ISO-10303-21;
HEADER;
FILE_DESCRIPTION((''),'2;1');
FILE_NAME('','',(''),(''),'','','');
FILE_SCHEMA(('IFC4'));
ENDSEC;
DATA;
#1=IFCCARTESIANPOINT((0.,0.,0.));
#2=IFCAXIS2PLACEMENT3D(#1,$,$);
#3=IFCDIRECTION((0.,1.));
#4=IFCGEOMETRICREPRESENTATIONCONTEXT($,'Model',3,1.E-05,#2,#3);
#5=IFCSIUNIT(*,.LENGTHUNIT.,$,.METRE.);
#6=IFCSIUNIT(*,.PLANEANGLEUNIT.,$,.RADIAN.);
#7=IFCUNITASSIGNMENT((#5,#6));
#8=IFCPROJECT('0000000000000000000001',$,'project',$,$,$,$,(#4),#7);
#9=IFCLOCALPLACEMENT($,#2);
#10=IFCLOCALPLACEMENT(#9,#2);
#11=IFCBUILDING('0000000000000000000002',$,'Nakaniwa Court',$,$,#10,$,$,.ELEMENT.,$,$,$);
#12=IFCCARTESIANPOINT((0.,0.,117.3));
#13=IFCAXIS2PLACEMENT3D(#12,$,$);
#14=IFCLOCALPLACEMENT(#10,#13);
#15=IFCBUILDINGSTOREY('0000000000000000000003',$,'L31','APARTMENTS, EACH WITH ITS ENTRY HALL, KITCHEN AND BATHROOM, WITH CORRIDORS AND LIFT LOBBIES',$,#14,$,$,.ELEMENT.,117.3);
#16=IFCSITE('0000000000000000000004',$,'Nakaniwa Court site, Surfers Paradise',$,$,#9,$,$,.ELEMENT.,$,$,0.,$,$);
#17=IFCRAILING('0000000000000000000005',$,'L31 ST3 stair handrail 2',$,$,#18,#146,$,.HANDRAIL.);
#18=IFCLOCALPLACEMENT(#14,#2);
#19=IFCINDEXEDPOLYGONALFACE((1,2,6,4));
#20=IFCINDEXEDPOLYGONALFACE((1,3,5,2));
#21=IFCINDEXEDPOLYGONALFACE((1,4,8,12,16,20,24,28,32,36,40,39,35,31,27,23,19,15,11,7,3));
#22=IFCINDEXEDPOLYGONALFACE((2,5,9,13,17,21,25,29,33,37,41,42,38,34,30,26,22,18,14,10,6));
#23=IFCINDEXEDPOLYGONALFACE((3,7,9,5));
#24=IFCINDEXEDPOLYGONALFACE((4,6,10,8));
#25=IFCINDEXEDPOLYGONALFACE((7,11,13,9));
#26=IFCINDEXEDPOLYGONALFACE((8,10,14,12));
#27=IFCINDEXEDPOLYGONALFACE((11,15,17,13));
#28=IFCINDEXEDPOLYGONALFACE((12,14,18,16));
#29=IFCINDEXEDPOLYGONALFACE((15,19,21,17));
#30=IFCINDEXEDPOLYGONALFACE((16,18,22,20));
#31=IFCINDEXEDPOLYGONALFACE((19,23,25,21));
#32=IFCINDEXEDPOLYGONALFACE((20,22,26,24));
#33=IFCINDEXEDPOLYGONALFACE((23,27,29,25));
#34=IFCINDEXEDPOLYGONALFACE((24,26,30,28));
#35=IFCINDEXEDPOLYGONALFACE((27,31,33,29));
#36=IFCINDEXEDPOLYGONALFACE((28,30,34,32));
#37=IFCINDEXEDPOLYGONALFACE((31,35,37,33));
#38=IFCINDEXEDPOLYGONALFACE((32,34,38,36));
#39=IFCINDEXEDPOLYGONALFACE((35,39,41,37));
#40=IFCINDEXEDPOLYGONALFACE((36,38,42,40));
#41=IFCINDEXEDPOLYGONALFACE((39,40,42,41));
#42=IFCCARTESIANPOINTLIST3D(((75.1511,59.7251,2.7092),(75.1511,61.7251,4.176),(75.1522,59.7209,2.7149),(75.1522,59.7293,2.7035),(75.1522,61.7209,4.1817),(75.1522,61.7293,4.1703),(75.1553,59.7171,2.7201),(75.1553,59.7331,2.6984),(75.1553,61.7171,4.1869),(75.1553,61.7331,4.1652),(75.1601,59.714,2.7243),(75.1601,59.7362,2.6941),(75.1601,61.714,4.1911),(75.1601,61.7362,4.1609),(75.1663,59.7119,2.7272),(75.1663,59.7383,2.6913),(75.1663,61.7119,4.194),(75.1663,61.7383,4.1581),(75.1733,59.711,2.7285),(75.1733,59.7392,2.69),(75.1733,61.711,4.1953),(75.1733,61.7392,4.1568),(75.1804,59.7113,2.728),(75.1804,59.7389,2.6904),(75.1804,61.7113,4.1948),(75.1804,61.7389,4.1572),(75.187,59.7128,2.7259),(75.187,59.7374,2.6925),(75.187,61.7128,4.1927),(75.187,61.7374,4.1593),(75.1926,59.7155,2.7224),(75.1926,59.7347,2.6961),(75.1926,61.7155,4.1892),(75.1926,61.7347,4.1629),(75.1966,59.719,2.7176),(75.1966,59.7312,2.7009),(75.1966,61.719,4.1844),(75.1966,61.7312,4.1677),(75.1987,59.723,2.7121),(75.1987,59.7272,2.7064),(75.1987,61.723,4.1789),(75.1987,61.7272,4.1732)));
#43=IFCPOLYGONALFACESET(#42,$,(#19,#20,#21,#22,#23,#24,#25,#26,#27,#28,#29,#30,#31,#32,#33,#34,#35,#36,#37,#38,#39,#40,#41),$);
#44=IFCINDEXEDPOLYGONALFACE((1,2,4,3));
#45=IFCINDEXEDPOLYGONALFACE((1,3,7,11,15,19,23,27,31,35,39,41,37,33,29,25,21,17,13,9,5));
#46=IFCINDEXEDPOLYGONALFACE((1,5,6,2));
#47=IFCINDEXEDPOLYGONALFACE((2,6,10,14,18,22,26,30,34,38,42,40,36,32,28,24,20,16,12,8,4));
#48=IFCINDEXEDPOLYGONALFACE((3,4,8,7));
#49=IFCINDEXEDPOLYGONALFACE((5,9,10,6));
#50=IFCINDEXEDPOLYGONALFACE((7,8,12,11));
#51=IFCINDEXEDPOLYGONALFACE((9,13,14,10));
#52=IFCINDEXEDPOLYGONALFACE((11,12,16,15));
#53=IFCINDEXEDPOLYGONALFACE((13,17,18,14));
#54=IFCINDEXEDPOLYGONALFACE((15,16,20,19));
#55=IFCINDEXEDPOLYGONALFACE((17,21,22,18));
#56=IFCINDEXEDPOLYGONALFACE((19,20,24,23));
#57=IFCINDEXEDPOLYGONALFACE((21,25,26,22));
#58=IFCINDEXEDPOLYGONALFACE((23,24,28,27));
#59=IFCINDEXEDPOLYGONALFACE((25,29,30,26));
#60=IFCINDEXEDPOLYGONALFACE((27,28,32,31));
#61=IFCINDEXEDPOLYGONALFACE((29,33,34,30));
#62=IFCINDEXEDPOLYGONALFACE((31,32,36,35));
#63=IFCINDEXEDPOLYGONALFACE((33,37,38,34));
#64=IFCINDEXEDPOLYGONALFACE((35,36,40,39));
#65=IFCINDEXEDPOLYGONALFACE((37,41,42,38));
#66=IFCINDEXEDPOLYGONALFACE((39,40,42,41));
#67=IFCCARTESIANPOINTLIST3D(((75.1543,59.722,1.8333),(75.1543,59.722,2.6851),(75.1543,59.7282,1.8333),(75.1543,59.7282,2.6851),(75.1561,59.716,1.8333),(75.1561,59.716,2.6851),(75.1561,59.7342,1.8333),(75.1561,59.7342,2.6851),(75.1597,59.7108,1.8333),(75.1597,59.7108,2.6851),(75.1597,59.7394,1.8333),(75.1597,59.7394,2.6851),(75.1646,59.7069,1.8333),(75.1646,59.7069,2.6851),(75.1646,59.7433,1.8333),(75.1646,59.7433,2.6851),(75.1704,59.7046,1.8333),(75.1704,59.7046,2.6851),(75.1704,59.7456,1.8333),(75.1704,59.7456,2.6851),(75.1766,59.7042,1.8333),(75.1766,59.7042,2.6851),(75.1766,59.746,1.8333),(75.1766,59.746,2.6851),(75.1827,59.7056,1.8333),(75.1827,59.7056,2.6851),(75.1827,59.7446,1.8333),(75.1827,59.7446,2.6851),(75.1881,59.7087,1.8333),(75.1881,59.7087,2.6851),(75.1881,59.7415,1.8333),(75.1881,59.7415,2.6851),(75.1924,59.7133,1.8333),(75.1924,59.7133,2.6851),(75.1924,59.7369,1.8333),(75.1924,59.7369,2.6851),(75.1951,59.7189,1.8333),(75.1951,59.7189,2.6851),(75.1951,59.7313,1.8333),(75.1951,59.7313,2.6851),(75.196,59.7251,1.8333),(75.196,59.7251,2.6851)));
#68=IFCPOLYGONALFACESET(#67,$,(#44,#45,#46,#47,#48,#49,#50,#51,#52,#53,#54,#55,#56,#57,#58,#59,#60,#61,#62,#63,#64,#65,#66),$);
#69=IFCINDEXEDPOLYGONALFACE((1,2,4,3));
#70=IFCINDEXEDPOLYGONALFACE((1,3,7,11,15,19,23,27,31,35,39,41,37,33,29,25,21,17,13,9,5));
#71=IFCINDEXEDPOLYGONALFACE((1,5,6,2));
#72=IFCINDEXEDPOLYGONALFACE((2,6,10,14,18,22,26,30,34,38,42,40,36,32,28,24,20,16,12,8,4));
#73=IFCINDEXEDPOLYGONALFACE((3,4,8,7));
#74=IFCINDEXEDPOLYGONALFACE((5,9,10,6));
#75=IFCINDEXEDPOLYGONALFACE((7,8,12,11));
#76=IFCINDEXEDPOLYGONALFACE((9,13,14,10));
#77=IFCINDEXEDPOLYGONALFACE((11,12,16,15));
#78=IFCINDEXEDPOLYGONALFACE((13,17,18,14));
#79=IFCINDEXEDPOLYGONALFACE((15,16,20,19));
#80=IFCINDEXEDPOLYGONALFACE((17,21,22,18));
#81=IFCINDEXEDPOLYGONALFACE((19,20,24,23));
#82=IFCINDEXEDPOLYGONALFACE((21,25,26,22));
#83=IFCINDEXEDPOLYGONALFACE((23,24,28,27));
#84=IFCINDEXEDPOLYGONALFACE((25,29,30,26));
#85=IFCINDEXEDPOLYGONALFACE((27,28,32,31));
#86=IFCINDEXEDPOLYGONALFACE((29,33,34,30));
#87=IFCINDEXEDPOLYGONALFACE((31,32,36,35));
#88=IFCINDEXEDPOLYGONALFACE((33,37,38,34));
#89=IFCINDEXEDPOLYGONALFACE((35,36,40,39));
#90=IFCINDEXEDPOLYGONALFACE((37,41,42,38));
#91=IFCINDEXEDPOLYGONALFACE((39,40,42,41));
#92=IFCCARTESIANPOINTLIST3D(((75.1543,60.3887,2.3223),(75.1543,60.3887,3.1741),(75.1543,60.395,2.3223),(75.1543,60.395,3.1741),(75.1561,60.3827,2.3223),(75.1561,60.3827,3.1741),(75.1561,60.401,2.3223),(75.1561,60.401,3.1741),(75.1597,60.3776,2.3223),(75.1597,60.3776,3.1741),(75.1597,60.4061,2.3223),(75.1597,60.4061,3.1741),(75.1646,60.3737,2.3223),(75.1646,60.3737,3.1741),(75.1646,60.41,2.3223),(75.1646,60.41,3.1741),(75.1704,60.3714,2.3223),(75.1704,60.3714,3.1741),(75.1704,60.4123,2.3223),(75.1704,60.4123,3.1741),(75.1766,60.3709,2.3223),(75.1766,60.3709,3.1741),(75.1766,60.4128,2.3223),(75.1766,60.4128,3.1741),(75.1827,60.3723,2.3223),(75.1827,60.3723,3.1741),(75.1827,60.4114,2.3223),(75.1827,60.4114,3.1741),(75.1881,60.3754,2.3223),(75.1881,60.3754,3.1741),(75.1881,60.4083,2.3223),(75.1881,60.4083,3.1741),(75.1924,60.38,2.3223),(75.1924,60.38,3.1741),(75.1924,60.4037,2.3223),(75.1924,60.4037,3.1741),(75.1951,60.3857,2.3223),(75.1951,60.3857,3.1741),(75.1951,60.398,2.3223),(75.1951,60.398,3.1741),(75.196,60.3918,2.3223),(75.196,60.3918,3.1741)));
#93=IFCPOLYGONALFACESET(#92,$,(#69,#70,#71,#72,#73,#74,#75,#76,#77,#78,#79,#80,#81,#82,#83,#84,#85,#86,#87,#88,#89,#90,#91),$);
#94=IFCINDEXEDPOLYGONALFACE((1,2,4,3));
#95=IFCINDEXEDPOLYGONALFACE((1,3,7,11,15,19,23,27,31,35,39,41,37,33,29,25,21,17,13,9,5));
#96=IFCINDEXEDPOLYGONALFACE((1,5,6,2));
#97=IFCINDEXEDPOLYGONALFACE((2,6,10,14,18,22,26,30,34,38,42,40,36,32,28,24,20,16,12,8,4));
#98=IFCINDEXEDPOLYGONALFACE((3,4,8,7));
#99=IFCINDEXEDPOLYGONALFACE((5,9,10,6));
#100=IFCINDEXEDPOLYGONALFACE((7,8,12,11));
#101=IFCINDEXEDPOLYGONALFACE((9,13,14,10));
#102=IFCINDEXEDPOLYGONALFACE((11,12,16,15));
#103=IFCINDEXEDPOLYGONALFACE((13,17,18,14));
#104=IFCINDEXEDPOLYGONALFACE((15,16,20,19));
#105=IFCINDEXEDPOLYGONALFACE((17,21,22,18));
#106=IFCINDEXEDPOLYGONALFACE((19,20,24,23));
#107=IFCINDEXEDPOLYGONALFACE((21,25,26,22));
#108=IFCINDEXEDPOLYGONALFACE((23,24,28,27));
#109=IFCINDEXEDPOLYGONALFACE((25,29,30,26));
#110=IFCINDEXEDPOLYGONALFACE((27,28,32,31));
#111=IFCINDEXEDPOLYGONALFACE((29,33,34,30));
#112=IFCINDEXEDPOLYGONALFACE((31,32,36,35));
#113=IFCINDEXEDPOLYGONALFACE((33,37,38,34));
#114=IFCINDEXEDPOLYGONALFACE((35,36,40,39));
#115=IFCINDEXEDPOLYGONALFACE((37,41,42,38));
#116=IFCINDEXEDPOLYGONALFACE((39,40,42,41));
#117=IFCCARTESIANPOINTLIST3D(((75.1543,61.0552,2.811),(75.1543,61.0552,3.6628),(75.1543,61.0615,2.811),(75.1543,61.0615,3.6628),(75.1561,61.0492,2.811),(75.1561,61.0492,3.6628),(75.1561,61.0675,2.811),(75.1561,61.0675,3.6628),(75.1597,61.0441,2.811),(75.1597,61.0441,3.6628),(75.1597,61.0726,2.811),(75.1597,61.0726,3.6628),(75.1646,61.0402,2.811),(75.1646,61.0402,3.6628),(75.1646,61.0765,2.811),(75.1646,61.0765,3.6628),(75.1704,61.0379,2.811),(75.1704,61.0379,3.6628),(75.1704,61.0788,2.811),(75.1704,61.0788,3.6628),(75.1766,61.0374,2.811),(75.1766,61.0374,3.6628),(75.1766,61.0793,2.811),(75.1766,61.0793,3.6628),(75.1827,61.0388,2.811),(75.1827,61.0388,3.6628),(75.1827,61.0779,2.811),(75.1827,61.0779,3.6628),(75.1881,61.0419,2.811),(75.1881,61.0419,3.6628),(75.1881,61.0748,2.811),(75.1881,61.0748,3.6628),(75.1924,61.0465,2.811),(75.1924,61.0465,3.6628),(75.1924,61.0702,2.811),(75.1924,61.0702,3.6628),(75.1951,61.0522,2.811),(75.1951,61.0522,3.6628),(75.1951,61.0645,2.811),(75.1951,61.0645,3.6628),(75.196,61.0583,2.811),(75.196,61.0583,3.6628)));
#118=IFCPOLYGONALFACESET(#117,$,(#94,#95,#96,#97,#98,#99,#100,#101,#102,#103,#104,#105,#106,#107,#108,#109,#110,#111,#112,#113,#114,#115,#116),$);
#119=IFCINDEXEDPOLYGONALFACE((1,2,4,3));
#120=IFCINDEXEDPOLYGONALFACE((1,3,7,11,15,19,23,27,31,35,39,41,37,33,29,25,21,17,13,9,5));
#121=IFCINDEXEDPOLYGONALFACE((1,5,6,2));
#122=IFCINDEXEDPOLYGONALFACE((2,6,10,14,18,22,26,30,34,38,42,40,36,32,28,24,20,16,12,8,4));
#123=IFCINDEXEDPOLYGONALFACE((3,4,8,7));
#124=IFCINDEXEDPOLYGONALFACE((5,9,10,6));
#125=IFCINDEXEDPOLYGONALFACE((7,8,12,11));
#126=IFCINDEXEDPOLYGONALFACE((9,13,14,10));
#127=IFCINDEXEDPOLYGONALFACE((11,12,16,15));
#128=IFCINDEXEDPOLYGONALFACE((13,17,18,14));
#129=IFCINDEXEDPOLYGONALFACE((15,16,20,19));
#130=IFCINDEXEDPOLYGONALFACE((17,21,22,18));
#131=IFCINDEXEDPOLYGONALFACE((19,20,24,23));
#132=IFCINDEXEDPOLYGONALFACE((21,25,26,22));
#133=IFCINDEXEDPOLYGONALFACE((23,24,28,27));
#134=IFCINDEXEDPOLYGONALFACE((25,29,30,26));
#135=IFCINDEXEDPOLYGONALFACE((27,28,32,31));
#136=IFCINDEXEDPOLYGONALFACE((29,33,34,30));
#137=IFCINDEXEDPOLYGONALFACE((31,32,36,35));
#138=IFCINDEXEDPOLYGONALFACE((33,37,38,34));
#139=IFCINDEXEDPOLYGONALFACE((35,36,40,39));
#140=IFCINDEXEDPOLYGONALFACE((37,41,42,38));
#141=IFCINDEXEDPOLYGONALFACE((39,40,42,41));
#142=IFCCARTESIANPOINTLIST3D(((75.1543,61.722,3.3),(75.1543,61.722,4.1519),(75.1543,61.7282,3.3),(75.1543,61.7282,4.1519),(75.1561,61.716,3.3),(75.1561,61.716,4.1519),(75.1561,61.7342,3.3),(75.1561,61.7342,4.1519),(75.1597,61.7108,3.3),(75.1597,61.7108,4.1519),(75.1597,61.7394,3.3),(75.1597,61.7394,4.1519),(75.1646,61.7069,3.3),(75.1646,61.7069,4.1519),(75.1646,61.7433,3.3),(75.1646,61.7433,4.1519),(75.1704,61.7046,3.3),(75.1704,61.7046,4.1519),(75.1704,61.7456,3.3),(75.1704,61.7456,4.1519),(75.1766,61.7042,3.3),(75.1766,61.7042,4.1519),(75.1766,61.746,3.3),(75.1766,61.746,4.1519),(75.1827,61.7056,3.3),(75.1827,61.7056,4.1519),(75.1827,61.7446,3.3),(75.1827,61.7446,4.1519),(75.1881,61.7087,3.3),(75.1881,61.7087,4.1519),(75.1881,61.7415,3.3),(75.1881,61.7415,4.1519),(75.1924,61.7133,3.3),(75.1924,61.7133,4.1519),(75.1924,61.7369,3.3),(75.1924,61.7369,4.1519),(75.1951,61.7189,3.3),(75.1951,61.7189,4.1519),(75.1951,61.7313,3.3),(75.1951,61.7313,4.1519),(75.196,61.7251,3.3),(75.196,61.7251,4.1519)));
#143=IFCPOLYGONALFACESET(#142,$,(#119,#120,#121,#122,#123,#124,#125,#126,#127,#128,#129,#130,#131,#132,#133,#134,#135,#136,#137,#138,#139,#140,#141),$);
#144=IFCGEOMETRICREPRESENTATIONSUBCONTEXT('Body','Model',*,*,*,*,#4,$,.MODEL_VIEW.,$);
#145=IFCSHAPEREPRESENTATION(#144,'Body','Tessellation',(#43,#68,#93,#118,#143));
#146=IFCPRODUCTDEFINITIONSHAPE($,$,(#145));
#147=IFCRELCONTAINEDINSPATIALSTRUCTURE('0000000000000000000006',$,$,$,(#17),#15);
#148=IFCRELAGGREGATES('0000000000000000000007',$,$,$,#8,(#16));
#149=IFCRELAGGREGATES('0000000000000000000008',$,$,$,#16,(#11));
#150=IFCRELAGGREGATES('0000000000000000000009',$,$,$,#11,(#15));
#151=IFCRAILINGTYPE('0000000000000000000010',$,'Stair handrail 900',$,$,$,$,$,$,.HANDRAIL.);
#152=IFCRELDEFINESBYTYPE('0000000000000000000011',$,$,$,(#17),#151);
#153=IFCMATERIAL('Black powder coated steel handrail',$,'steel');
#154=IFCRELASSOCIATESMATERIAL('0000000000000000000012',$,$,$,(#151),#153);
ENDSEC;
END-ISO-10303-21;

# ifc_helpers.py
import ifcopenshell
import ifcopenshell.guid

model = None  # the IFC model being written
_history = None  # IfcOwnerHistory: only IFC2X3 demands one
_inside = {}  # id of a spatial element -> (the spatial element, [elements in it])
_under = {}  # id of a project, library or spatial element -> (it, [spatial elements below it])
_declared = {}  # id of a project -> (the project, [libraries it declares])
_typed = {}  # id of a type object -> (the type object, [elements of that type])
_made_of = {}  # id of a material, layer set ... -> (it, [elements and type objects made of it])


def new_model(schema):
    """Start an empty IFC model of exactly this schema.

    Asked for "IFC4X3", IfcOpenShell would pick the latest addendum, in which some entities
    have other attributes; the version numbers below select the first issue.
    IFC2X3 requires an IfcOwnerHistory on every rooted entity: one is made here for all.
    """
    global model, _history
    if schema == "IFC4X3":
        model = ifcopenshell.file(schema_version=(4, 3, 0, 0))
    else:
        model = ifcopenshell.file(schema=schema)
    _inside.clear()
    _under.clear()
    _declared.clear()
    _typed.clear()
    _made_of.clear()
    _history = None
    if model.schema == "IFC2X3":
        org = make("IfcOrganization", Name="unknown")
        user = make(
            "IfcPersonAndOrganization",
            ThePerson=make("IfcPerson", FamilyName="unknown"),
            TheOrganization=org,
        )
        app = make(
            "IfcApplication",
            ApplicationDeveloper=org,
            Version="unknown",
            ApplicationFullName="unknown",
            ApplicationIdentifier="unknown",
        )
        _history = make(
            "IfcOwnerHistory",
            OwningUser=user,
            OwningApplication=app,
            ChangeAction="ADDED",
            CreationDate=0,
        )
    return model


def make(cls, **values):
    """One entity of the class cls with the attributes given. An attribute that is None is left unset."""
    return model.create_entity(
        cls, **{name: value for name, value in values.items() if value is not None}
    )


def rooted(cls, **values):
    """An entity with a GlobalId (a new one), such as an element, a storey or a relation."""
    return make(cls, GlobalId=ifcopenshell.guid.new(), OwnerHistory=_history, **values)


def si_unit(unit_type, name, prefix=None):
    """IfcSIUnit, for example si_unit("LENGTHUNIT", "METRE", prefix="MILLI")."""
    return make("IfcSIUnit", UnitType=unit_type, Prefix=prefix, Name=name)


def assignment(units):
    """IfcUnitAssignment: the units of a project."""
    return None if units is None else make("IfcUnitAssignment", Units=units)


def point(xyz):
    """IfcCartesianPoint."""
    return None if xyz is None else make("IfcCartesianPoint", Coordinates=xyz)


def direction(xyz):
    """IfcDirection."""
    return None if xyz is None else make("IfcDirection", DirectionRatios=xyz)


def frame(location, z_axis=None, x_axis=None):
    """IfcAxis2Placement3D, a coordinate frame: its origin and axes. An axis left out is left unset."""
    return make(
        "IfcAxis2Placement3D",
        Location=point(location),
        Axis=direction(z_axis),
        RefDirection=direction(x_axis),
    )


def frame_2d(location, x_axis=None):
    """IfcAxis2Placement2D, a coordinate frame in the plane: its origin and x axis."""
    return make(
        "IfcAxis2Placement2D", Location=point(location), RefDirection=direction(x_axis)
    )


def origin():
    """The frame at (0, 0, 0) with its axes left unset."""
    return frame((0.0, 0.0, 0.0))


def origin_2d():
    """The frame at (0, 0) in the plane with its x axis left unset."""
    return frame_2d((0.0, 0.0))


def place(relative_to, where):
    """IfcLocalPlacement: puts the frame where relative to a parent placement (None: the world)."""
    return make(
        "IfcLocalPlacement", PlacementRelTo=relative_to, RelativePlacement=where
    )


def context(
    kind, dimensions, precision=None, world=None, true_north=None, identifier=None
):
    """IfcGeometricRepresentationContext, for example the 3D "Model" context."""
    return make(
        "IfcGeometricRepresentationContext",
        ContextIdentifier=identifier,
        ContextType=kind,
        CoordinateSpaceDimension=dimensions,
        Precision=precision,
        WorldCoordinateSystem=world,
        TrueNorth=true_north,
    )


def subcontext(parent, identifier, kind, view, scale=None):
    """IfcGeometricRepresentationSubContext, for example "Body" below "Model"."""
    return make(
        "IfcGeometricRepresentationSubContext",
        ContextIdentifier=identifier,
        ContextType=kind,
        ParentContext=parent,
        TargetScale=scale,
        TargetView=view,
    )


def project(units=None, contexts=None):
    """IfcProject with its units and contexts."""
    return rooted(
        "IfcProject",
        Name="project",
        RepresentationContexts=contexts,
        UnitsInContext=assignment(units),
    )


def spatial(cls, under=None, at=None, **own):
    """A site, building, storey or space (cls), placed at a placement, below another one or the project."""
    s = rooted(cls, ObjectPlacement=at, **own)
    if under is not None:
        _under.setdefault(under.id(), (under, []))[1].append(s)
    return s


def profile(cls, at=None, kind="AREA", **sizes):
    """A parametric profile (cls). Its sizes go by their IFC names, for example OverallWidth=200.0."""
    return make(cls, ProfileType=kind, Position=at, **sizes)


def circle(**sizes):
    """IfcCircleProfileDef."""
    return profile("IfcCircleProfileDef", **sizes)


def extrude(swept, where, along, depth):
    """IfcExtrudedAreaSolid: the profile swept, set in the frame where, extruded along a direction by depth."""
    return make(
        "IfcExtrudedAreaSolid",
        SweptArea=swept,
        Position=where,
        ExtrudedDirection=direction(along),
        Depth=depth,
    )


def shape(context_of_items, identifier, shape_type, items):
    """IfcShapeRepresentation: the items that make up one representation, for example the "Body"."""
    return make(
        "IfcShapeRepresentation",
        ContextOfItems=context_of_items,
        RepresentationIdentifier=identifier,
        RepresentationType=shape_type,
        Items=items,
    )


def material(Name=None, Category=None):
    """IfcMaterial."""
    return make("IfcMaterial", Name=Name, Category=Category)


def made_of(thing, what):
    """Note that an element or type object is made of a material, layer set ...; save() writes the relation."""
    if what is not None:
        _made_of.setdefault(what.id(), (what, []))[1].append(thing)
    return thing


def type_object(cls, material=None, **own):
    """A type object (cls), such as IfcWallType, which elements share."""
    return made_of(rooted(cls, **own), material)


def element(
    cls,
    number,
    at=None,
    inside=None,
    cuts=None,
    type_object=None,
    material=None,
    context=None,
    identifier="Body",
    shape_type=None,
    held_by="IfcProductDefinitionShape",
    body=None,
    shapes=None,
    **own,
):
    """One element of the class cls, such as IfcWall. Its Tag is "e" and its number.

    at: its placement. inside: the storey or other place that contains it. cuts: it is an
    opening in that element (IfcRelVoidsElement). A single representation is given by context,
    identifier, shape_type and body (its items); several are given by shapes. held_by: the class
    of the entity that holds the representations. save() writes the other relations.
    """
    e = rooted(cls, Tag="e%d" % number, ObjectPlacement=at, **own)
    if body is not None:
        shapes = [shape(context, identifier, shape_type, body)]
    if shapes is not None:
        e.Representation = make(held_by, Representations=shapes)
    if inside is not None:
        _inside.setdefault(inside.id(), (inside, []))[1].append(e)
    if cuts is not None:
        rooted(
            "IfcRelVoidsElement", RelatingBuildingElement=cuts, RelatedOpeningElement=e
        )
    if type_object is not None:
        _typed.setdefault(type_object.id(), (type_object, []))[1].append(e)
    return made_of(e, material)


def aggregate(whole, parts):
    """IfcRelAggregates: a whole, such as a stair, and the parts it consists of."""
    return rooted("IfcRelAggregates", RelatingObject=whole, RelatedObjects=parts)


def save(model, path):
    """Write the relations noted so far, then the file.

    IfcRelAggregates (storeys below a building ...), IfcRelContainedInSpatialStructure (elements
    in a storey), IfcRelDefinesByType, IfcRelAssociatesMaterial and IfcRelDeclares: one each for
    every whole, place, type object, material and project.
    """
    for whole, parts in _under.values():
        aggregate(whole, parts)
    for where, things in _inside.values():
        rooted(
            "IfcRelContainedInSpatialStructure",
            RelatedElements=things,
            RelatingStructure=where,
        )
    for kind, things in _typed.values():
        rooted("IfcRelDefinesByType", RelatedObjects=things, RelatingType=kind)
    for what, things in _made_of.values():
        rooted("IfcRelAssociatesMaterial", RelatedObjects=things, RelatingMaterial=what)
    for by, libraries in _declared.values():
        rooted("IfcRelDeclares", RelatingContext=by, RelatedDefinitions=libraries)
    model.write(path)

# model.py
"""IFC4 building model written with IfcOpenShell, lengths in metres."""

from ifc_helpers import new_model, si_unit, direction, frame, origin, origin_2d, place, context, subcontext, project, spatial, circle, extrude, material, type_object, element, save


model = new_model("IFC4")

# Units and contexts
model_context = context("Model", 3, precision=1e-05, world=origin(), true_north=direction((0.0, 1.0)))
body_context = subcontext(model_context, "Body", "Model", "MODEL_VIEW")
ifc_project = project(units=[si_unit("LENGTHUNIT", "METRE"), si_unit("PLANEANGLEUNIT", "RADIAN")], contexts=[model_context])

# Site, building, storey
site_placement = place(None, origin())
site = spatial("IfcSite", under=ifc_project, at=site_placement, Name="Nakaniwa Court site, Surfers Paradise", CompositionType="ELEMENT", RefElevation=0.0)
building_placement = place(site_placement, origin())
building = spatial("IfcBuilding", under=site, at=building_placement, Name="Nakaniwa Court", CompositionType="ELEMENT")
storey_placement = place(building_placement, frame((0.0, 0.0, 117.3)))
storey = spatial("IfcBuildingStorey", under=building, at=storey_placement, Name="L31", Description="APARTMENTS, EACH WITH ITS ENTRY HALL, KITCHEN AND BATHROOM, WITH CORRIDORS AND LIFT LOBBIES", CompositionType="ELEMENT", Elevation=117.3)

# Railing
ifc_material_1 = material(Name="Black powder coated steel handrail", Category="steel")
railing_type_1 = type_object("IfcRailingType", Name="Stair handrail 900", PredefinedType="HANDRAIL", material=ifc_material_1)
railing_1_placement = place(storey_placement, frame((75.175, 59.7251, 1.8333)))
element("IfcRailing", 1, at=railing_1_placement, inside=storey, type_object=railing_type_1, Name="L31 ST3 stair handrail 2", PredefinedType="HANDRAIL", context=body_context, shape_type="SweptSolid", body=[
    extrude(circle(Radius=0.0239, at=origin_2d()), frame((0.0, 0.0, 0.876), z_axis=(0.0, 0.80638, 0.591398), x_axis=(-1.0, 0.0, 0.0)), (0.0, 0.0, 1.0), 2.4802),
    extrude(circle(Radius=0.021, at=origin_2d()), origin(), (0.0, 0.0, 1.0), 0.8518),
    extrude(circle(Radius=0.021, at=origin_2d()), frame((0.0, 0.6667, 0.489)), (0.0, 0.0, 1.0), 0.8518),
    extrude(circle(Radius=0.021, at=origin_2d()), frame((0.0, 1.3333, 0.9778)), (0.0, 0.0, 1.0), 0.8518),
    extrude(circle(Radius=0.021, at=origin_2d()), frame((0.0, 2.0, 1.4668)), (0.0, 0.0, 1.0), 0.8518),
])

save(model, "model.ifc")
